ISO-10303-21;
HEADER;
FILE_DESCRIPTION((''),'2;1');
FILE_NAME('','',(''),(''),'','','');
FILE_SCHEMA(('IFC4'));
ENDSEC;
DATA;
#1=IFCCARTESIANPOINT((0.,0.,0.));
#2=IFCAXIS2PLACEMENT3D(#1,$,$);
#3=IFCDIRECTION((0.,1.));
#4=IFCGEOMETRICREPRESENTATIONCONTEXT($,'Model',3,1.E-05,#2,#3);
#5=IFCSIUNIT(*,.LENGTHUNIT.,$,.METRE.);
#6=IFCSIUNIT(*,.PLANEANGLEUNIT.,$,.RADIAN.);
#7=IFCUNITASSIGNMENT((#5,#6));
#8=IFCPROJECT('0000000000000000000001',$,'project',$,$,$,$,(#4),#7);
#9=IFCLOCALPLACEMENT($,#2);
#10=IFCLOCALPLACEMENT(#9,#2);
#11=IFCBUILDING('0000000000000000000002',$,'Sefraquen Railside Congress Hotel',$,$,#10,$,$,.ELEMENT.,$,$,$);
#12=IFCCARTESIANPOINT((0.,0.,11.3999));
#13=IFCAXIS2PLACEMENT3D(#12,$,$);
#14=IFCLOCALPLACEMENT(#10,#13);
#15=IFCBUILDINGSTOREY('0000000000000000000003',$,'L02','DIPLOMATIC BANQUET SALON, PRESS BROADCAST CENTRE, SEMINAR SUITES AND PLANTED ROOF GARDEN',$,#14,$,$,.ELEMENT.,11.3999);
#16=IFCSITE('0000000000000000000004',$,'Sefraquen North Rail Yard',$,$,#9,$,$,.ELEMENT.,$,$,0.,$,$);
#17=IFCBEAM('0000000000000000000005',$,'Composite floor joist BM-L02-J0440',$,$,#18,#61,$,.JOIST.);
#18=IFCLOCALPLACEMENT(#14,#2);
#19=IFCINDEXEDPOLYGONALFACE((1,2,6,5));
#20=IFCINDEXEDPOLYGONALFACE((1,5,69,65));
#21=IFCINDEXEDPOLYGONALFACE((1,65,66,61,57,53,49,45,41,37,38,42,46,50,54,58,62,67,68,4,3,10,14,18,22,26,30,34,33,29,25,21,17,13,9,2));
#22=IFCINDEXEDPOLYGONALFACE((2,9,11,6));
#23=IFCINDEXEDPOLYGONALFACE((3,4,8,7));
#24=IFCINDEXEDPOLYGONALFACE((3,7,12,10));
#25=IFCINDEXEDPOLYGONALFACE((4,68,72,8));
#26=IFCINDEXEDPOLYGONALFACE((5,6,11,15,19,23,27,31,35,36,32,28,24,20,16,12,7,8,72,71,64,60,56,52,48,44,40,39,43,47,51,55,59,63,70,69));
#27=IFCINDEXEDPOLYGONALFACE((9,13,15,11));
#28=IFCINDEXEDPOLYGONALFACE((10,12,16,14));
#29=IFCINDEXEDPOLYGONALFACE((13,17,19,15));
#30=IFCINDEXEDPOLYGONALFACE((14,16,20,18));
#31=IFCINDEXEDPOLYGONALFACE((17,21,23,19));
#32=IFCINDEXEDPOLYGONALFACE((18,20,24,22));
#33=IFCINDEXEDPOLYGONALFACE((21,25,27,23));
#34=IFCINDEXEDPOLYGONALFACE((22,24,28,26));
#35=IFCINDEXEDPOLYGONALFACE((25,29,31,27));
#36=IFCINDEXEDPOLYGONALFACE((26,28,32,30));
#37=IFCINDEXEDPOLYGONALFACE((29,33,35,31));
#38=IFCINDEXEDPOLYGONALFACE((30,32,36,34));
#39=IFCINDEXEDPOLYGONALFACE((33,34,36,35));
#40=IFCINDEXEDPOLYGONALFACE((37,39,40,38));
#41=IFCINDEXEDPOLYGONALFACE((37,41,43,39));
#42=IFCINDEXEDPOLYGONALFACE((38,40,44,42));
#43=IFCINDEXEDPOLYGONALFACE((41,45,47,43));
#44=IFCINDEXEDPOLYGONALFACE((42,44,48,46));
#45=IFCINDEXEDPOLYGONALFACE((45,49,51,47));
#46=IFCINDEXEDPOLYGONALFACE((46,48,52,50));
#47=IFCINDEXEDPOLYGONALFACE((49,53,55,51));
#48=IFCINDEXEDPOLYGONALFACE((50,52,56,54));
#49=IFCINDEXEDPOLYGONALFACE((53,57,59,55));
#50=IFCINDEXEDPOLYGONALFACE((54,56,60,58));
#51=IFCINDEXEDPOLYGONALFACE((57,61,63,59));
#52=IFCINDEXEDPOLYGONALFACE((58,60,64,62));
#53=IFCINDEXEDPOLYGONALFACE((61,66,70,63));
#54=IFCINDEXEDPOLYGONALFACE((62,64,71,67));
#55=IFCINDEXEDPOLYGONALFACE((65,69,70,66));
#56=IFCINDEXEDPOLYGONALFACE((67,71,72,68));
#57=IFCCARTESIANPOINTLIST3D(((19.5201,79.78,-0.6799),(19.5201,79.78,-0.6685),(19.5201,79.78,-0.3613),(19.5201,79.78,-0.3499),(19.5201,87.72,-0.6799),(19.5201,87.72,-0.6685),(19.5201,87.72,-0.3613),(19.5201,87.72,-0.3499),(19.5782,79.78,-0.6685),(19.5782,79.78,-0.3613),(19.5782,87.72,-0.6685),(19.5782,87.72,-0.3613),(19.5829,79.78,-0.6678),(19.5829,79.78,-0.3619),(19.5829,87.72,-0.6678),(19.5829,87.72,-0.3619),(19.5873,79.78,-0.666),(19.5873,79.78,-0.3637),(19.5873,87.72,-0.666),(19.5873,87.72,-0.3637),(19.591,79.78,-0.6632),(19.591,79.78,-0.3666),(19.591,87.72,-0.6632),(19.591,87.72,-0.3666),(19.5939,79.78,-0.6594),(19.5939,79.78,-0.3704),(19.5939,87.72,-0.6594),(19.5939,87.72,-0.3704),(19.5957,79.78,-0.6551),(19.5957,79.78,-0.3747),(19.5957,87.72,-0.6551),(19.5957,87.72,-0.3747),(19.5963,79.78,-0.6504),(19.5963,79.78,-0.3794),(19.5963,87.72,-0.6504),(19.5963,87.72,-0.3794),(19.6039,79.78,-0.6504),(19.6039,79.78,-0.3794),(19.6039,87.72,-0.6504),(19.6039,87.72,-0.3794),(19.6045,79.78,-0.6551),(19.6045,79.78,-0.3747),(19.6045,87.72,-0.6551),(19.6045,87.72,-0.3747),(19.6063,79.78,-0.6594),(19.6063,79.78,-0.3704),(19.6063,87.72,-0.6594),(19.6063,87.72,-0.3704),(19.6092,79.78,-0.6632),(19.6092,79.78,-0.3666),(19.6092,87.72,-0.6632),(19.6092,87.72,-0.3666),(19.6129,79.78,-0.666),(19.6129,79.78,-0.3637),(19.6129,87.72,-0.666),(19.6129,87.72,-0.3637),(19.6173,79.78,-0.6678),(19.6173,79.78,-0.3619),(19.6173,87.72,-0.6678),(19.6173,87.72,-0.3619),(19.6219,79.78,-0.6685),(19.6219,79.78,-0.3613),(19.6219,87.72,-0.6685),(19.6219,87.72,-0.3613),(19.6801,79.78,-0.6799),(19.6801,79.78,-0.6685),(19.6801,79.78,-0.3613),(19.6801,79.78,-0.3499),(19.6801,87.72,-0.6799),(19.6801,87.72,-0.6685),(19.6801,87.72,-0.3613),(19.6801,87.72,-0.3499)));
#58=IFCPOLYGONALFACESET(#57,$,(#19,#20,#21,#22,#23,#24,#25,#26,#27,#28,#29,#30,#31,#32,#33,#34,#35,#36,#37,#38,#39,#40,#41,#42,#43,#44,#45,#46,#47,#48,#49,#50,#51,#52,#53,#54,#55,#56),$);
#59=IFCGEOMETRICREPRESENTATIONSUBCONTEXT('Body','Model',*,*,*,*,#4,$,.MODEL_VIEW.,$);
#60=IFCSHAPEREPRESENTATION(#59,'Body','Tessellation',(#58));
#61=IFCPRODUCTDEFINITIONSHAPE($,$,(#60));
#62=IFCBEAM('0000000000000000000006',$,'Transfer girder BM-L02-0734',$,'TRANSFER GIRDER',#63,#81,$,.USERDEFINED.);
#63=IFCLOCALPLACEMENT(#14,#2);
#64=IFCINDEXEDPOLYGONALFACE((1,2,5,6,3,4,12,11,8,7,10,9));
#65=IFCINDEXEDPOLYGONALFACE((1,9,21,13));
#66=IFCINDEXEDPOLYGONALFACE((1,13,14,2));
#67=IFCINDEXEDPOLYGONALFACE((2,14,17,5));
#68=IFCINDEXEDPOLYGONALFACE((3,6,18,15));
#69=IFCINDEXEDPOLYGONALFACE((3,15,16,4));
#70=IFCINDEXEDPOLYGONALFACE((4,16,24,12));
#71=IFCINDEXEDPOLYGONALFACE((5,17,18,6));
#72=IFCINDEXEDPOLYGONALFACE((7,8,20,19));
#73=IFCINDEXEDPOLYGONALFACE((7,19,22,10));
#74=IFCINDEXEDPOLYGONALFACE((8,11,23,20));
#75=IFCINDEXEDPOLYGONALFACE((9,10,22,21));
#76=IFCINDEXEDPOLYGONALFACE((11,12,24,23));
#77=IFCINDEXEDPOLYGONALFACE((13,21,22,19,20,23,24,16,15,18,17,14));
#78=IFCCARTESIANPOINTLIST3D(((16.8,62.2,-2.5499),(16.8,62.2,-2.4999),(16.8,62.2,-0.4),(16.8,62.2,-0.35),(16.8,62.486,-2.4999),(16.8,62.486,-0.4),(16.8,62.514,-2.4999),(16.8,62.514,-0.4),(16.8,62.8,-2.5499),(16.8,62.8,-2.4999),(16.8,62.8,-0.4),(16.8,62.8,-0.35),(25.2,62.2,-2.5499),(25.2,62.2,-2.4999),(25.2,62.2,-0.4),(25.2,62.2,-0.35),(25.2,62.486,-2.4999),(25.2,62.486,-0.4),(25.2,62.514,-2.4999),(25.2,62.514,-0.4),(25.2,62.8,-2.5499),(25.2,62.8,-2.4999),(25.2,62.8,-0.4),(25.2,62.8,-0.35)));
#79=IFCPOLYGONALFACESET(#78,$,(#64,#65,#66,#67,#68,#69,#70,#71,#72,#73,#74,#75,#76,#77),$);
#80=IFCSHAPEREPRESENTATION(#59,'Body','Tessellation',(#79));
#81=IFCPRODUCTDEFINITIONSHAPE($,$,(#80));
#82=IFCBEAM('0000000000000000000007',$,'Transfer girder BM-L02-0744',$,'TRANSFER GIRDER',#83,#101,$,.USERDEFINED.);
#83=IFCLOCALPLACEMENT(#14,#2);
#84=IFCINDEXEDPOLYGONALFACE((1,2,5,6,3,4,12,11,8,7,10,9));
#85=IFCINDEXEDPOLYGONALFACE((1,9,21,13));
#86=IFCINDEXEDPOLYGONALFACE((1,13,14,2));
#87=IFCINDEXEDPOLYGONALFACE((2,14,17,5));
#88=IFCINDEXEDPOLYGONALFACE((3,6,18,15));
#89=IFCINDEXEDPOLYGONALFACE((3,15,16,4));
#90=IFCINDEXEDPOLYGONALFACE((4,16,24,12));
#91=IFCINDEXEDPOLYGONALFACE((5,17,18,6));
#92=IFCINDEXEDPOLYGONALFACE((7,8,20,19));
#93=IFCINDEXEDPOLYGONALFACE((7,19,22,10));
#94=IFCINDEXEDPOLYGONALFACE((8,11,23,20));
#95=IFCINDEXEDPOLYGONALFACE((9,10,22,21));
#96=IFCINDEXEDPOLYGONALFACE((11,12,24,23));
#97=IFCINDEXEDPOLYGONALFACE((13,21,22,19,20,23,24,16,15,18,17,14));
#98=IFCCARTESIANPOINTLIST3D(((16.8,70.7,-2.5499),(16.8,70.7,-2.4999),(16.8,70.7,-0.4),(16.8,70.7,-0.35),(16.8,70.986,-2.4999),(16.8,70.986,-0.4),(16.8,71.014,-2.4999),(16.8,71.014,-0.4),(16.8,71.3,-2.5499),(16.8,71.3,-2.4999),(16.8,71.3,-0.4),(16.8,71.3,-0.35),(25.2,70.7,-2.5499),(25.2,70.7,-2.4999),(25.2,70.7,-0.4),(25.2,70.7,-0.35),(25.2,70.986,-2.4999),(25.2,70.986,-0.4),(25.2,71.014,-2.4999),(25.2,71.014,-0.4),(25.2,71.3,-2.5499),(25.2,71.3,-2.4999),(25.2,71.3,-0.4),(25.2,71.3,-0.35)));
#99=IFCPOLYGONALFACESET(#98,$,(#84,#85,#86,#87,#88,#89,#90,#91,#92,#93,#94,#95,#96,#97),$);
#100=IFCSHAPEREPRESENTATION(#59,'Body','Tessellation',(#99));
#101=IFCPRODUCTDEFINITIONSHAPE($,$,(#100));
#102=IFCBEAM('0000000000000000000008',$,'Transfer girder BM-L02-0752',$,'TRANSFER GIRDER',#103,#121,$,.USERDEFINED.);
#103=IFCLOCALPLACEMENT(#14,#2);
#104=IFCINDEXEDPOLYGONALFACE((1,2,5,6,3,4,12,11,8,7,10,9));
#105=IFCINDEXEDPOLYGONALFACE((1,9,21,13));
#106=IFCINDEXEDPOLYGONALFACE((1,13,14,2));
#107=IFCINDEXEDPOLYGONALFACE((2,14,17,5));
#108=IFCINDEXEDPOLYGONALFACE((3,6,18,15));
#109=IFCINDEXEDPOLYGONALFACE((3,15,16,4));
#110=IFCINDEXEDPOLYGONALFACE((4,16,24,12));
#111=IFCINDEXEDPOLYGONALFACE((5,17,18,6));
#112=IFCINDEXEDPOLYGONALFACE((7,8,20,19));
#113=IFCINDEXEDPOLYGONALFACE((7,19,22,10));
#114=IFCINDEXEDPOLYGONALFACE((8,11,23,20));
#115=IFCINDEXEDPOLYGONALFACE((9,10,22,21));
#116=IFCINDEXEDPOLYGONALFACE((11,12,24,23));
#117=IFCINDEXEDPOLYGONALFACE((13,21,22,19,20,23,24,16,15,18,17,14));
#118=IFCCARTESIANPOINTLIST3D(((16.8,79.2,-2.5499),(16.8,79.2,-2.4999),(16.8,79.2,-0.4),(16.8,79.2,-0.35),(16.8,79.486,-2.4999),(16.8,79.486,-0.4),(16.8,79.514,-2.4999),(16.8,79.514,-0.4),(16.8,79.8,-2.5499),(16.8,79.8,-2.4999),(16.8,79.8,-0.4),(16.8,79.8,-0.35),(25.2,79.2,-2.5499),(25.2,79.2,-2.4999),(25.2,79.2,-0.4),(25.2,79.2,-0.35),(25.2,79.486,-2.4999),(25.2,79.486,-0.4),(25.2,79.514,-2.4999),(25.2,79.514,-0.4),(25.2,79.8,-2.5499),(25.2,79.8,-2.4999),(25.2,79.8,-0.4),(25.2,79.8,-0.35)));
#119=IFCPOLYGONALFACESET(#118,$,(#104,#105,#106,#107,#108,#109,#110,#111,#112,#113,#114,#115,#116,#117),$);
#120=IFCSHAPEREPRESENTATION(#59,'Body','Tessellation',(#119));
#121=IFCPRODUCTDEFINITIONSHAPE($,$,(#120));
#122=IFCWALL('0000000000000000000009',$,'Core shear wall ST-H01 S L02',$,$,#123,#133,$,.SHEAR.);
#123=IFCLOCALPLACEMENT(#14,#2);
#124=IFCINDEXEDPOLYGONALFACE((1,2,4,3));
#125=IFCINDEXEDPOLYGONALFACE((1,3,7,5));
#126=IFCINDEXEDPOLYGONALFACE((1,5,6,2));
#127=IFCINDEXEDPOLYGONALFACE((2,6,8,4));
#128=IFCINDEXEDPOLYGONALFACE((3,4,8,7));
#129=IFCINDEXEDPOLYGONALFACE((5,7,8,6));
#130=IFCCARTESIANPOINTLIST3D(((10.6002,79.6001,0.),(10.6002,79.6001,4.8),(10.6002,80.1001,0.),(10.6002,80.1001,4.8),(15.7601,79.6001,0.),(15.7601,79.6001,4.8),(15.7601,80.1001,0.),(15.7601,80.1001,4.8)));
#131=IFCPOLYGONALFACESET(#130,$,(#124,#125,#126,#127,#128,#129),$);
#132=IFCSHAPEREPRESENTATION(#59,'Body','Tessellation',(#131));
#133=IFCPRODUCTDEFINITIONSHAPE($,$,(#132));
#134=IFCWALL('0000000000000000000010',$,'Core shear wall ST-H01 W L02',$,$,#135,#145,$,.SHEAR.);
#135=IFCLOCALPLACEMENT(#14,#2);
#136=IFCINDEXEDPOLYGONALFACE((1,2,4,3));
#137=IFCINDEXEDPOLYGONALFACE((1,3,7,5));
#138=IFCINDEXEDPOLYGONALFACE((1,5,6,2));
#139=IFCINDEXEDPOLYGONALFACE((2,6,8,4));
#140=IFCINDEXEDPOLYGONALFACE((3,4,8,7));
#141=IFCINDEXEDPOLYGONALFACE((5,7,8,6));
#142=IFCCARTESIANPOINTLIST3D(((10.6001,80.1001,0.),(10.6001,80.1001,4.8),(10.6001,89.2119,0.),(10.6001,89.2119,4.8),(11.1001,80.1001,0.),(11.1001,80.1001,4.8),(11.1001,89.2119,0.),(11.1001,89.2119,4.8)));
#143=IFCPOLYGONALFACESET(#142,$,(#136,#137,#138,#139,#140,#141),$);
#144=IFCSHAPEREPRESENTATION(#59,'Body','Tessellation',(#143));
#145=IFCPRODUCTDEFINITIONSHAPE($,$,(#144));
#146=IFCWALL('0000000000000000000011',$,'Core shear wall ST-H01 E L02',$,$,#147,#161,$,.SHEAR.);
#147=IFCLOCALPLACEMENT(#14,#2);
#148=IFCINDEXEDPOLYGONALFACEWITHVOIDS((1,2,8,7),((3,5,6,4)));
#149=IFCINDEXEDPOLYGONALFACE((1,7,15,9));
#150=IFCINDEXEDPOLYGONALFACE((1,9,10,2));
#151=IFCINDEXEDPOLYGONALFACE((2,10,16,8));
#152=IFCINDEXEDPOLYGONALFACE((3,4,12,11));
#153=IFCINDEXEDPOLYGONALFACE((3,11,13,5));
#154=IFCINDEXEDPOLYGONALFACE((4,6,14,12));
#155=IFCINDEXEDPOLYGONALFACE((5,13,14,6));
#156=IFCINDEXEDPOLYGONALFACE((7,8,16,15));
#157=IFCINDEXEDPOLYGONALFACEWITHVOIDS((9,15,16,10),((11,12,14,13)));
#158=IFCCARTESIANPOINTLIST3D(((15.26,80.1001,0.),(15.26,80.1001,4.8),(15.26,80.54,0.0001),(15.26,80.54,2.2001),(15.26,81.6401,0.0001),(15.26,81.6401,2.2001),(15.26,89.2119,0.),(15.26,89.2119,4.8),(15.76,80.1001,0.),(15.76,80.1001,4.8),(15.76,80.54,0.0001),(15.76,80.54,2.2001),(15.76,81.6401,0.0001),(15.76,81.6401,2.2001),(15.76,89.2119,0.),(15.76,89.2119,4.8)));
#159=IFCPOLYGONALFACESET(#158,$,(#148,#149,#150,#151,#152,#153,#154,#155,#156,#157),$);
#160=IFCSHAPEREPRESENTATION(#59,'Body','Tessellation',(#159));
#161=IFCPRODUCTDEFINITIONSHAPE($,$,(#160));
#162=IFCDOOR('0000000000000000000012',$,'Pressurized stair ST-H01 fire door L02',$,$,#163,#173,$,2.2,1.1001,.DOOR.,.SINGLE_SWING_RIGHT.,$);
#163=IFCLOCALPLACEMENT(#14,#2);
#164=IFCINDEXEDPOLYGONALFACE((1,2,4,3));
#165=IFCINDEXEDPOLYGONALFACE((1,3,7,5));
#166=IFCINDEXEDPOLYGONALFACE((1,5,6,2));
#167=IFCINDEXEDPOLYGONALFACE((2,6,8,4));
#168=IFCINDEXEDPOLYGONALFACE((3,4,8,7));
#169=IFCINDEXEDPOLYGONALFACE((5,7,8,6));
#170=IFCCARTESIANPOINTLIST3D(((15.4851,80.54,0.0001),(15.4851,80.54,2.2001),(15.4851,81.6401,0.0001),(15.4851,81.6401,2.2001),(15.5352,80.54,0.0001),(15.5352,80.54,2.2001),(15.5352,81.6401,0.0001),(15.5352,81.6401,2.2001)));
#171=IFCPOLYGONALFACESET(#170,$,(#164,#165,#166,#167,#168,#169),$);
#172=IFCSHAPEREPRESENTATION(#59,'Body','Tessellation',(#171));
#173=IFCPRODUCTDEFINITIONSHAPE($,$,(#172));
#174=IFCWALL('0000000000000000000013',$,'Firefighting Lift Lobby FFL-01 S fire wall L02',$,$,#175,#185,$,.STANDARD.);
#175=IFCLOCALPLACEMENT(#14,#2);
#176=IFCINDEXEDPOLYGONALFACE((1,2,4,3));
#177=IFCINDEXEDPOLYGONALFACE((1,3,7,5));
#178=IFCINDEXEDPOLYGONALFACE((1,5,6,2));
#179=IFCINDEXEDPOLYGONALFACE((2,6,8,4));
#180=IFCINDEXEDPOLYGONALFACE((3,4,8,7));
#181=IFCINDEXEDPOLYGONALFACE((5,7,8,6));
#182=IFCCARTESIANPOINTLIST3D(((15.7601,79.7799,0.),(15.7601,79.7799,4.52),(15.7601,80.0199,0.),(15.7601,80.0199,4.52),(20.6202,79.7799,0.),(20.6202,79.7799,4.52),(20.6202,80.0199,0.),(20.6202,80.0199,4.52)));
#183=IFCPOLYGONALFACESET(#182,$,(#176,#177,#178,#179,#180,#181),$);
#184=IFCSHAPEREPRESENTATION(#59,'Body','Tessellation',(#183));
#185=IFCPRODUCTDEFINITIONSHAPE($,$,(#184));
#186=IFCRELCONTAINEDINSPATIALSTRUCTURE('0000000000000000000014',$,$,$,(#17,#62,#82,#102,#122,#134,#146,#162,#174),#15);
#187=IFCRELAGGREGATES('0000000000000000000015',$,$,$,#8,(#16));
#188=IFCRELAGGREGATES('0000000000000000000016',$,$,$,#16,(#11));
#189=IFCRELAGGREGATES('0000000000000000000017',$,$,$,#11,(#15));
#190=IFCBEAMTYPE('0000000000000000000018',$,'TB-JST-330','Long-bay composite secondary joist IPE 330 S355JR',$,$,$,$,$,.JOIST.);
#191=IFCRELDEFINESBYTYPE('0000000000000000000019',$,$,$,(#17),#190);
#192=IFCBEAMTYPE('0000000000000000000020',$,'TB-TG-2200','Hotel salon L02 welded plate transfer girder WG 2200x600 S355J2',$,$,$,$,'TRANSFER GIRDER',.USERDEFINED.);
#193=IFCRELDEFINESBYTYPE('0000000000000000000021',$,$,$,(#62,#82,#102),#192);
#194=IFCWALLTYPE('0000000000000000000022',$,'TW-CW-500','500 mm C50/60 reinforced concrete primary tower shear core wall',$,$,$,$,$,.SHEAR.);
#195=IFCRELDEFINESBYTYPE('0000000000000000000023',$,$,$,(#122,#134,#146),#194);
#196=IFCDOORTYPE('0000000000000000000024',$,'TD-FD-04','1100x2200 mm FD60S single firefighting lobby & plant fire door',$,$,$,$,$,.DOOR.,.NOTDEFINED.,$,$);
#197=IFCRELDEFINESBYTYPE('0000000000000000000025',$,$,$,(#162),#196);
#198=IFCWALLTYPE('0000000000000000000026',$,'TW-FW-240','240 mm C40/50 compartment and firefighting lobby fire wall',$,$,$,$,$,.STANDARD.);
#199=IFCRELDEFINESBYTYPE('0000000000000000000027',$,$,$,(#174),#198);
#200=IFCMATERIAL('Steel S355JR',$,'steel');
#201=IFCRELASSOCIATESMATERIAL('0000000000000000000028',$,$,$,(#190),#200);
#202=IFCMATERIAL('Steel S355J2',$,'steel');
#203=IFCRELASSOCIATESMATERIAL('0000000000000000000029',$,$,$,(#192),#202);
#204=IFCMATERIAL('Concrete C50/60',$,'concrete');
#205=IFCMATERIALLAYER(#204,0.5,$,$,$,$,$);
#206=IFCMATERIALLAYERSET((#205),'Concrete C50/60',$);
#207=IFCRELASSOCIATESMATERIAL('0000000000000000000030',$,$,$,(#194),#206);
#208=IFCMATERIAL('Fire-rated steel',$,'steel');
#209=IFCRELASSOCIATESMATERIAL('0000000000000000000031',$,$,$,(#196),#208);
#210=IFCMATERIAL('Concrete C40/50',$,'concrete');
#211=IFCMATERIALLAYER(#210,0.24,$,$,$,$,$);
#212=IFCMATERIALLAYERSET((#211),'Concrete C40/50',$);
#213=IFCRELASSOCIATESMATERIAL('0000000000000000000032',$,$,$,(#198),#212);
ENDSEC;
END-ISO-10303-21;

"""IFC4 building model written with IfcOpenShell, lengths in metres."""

from ifc_helpers import new_model, si_unit, direction, frame, frame_2d, origin, origin_2d, place, context, subcontext, project, spatial, rectangle, i_section, extrude, material, layer, layer_set, material_profile, profile_set, type_object, element, fill, save


model = new_model("IFC4")

# Units and contexts
model_context = context("Model", 3, precision=1e-05, world=origin(), true_north=direction((0.0, 1.0)))
body_context = subcontext(model_context, "Body", "Model", "MODEL_VIEW")
ifc_project = project(units=[si_unit("LENGTHUNIT", "METRE"), si_unit("PLANEANGLEUNIT", "RADIAN")], contexts=[model_context])

# Site, building, storey
site_placement = place(None, origin())
site = spatial("IfcSite", under=ifc_project, at=site_placement, Name="Sefraquen North Rail Yard", CompositionType="ELEMENT", RefElevation=0.0)
building_placement = place(site_placement, origin())
building = spatial("IfcBuilding", under=site, at=building_placement, Name="Sefraquen Railside Congress Hotel", CompositionType="ELEMENT")
storey_placement = place(building_placement, frame((0.0, 0.0, 11.3999)))
storey = spatial("IfcBuildingStorey", under=building, at=storey_placement, Name="L02", Description="DIPLOMATIC BANQUET SALON, PRESS BROADCAST CENTRE, SEMINAR SUITES AND PLANTED ROOF GARDEN", CompositionType="ELEMENT", Elevation=11.3999)

# Shared definitions
ifc_material_1 = material(Name="Steel S355JR", Category="steel")

# Beams
ifc_material_profile_1 = material_profile(ifc_material_1, i_section(OverallWidth=0.1599, OverallDepth=0.3301, WebThickness=0.0076, FlangeThickness=0.0115, FilletRadius=0.0181, at=origin_2d()), Name="IPE 330")
ifc_profile_set_1 = profile_set([ifc_material_profile_1], Name="Steel S355JR")
beam_type_1 = type_object("IfcBeamType", Name="TB-JST-330", Description="Long-bay composite secondary joist IPE 330 S355JR", PredefinedType="JOIST", material=ifc_profile_set_1)
for number, where, z_axis, x_axis, name in (
    (1, (19.6001, 79.78, -0.5149), (0.0, 1.0, 0.0), (-1.0, 0.0, 0.0), "Composite floor joist BM-L02-J0440"),
):
    element("IfcBeam", number, at=place(storey_placement, frame(where, z_axis=z_axis, x_axis=x_axis)), inside=storey, type_object=beam_type_1, Name=name, PredefinedType="JOIST", context=body_context, shape_type="SweptSolid", body=[
        extrude(i_section(OverallWidth=0.1599, OverallDepth=0.3301, WebThickness=0.0076, FlangeThickness=0.0115, FilletRadius=0.0181, at=origin_2d()), origin(), (0.0, 0.0, 1.0), 7.9399),
    ])
ifc_material_2 = material(Name="Steel S355J2", Category="steel")
ifc_material_profile_2 = material_profile(ifc_material_2, i_section(OverallWidth=0.6001, OverallDepth=2.2, WebThickness=0.0281, FlangeThickness=0.05, at=origin_2d()), Name="WG 2200x600")
ifc_profile_set_2 = profile_set([ifc_material_profile_2], Name="Steel S355J2")
beam_type_2 = type_object("IfcBeamType", Name="TB-TG-2200", Description="Hotel salon L02 welded plate transfer girder WG 2200x600 S355J2", ElementType="TRANSFER GIRDER", PredefinedType="USERDEFINED", material=ifc_profile_set_2)
for number, where, z_axis, x_axis, name in (
    (2, (16.8, 62.5, -1.45), (1.0, 0.0, 0.0), (0.0, 1.0, 0.0), "Transfer girder BM-L02-0734"),
    (3, (16.8, 71.0, -1.45), (1.0, 0.0, 0.0), (0.0, 1.0, 0.0), "Transfer girder BM-L02-0744"),
    (4, (16.8, 79.5, -1.45), (1.0, 0.0, 0.0), (0.0, 1.0, 0.0), "Transfer girder BM-L02-0752"),
):
    element("IfcBeam", number, at=place(storey_placement, frame(where, z_axis=z_axis, x_axis=x_axis)), inside=storey, type_object=beam_type_2, Name=name, ObjectType="TRANSFER GIRDER", PredefinedType="USERDEFINED", context=body_context, shape_type="SweptSolid", body=[
        extrude(i_section(OverallWidth=0.6001, OverallDepth=2.2, WebThickness=0.0281, FlangeThickness=0.05, at=origin_2d()), origin(), (0.0, 0.0, 1.0), 8.3999),
    ])

# Walls
ifc_material_3 = material(Name="Concrete C50/60", Category="concrete")
ifc_layer_1 = layer(ifc_material_3, 0.5)
ifc_layer_set_1 = layer_set([ifc_layer_1], Name="Concrete C50/60")
wall_type_1 = type_object("IfcWallType", Name="TW-CW-500", Description="500 mm C50/60 reinforced concrete primary tower shear core wall", PredefinedType="SHEAR", material=ifc_layer_set_1)
wall_1_placement = place(storey_placement, frame((10.6001, 79.8501, 0.0), z_axis=(0.0, 0.0, 1.0), x_axis=(1.0, 0.0, 0.0)))
element("IfcWall", 5, at=wall_1_placement, inside=storey, type_object=wall_type_1, Name="Core shear wall ST-H01 S L02", PredefinedType="SHEAR", context=body_context, shape_type="SweptSolid", body=[
    extrude(rectangle(XDim=5.1599, YDim=0.5, at=frame_2d((2.5801, 0.0))), origin(), (0.0, 0.0, 1.0), 4.8),
])
wall_2_placement = place(storey_placement, frame((10.8501, 80.1001, 0.0), z_axis=(0.0, 0.0, 1.0), x_axis=(0.0, 1.0, 0.0)))
element("IfcWall", 6, at=wall_2_placement, inside=storey, type_object=wall_type_1, Name="Core shear wall ST-H01 W L02", PredefinedType="SHEAR", context=body_context, shape_type="SweptSolid", body=[
    extrude(rectangle(XDim=9.1118, YDim=0.5, at=frame_2d((4.5559, 0.0))), origin(), (0.0, 0.0, 1.0), 4.8),
])

# Wall, opening, door
wall_3_placement = place(storey_placement, frame((15.51, 80.1001, 0.0), z_axis=(0.0, 0.0, 1.0), x_axis=(0.0, 1.0, 0.0)))
wall_3 = element("IfcWall", 7, at=wall_3_placement, inside=storey, type_object=wall_type_1, Name="Core shear wall ST-H01 E L02", PredefinedType="SHEAR", context=body_context, shape_type="SweptSolid", body=[
    extrude(rectangle(XDim=9.1118, YDim=0.5, at=frame_2d((4.5559, 0.0))), origin(), (0.0, 0.0, 1.0), 4.8),
])
opening_1_placement = place(wall_3_placement, frame((0.4399, 0.0, 0.0)))
opening_1 = element("IfcOpeningElement", 8, at=opening_1_placement, cuts=wall_3, PredefinedType="OPENING", context=body_context, shape_type="SweptSolid", body=[
    extrude(rectangle(XDim=1.1001, YDim=2.2, at=frame_2d((0.55, 1.1001))), frame((0.0, 0.26, 0.0), z_axis=(0.0, -1.0, 0.0), x_axis=(1.0, 0.0, 0.0)), (0.0, 0.0, 1.0), 0.52),
])
ifc_material_4 = material(Name="Fire-rated steel", Category="steel")
door_type_1 = type_object("IfcDoorType", Name="TD-FD-04", Description="1100x2200 mm FD60S single firefighting lobby & plant fire door", OperationType="NOTDEFINED", PredefinedType="DOOR", material=ifc_material_4)
door_1_placement = place(opening_1_placement, origin())
door_1 = element("IfcDoor", 9, at=door_1_placement, inside=storey, type_object=door_type_1, Name="Pressurized stair ST-H01 fire door L02", OperationType="SINGLE_SWING_RIGHT", OverallHeight=2.2, OverallWidth=1.1001, PredefinedType="DOOR", context=body_context, shape_type="SweptSolid", body=[
    extrude(rectangle(XDim=1.1001, YDim=2.2, at=frame_2d((0.55, 1.1001))), frame((0.0, 0.0249, 0.0), z_axis=(0.0, -1.0, 0.0), x_axis=(1.0, 0.0, 0.0)), (0.0, 0.0, 1.0), 0.05),
])
fill(opening_1, door_1)

# Wall
ifc_material_5 = material(Name="Concrete C40/50", Category="concrete")
ifc_layer_2 = layer(ifc_material_5, 0.24)
ifc_layer_set_2 = layer_set([ifc_layer_2], Name="Concrete C40/50")
wall_type_2 = type_object("IfcWallType", Name="TW-FW-240", Description="240 mm C40/50 compartment and firefighting lobby fire wall", PredefinedType="STANDARD", material=ifc_layer_set_2)
wall_4_placement = place(storey_placement, frame((15.76, 79.8999, 0.0), z_axis=(0.0, 0.0, 1.0), x_axis=(1.0, 0.0, 0.0)))
element("IfcWall", 10, at=wall_4_placement, inside=storey, type_object=wall_type_2, Name="Firefighting Lift Lobby FFL-01 S fire wall L02", PredefinedType="STANDARD", context=body_context, shape_type="SweptSolid", body=[
    extrude(rectangle(XDim=4.8601, YDim=0.24, at=frame_2d((2.4302, 0.0))), origin(), (0.0, 0.0, 1.0), 4.52),
])

save(model, "model.ifc")
